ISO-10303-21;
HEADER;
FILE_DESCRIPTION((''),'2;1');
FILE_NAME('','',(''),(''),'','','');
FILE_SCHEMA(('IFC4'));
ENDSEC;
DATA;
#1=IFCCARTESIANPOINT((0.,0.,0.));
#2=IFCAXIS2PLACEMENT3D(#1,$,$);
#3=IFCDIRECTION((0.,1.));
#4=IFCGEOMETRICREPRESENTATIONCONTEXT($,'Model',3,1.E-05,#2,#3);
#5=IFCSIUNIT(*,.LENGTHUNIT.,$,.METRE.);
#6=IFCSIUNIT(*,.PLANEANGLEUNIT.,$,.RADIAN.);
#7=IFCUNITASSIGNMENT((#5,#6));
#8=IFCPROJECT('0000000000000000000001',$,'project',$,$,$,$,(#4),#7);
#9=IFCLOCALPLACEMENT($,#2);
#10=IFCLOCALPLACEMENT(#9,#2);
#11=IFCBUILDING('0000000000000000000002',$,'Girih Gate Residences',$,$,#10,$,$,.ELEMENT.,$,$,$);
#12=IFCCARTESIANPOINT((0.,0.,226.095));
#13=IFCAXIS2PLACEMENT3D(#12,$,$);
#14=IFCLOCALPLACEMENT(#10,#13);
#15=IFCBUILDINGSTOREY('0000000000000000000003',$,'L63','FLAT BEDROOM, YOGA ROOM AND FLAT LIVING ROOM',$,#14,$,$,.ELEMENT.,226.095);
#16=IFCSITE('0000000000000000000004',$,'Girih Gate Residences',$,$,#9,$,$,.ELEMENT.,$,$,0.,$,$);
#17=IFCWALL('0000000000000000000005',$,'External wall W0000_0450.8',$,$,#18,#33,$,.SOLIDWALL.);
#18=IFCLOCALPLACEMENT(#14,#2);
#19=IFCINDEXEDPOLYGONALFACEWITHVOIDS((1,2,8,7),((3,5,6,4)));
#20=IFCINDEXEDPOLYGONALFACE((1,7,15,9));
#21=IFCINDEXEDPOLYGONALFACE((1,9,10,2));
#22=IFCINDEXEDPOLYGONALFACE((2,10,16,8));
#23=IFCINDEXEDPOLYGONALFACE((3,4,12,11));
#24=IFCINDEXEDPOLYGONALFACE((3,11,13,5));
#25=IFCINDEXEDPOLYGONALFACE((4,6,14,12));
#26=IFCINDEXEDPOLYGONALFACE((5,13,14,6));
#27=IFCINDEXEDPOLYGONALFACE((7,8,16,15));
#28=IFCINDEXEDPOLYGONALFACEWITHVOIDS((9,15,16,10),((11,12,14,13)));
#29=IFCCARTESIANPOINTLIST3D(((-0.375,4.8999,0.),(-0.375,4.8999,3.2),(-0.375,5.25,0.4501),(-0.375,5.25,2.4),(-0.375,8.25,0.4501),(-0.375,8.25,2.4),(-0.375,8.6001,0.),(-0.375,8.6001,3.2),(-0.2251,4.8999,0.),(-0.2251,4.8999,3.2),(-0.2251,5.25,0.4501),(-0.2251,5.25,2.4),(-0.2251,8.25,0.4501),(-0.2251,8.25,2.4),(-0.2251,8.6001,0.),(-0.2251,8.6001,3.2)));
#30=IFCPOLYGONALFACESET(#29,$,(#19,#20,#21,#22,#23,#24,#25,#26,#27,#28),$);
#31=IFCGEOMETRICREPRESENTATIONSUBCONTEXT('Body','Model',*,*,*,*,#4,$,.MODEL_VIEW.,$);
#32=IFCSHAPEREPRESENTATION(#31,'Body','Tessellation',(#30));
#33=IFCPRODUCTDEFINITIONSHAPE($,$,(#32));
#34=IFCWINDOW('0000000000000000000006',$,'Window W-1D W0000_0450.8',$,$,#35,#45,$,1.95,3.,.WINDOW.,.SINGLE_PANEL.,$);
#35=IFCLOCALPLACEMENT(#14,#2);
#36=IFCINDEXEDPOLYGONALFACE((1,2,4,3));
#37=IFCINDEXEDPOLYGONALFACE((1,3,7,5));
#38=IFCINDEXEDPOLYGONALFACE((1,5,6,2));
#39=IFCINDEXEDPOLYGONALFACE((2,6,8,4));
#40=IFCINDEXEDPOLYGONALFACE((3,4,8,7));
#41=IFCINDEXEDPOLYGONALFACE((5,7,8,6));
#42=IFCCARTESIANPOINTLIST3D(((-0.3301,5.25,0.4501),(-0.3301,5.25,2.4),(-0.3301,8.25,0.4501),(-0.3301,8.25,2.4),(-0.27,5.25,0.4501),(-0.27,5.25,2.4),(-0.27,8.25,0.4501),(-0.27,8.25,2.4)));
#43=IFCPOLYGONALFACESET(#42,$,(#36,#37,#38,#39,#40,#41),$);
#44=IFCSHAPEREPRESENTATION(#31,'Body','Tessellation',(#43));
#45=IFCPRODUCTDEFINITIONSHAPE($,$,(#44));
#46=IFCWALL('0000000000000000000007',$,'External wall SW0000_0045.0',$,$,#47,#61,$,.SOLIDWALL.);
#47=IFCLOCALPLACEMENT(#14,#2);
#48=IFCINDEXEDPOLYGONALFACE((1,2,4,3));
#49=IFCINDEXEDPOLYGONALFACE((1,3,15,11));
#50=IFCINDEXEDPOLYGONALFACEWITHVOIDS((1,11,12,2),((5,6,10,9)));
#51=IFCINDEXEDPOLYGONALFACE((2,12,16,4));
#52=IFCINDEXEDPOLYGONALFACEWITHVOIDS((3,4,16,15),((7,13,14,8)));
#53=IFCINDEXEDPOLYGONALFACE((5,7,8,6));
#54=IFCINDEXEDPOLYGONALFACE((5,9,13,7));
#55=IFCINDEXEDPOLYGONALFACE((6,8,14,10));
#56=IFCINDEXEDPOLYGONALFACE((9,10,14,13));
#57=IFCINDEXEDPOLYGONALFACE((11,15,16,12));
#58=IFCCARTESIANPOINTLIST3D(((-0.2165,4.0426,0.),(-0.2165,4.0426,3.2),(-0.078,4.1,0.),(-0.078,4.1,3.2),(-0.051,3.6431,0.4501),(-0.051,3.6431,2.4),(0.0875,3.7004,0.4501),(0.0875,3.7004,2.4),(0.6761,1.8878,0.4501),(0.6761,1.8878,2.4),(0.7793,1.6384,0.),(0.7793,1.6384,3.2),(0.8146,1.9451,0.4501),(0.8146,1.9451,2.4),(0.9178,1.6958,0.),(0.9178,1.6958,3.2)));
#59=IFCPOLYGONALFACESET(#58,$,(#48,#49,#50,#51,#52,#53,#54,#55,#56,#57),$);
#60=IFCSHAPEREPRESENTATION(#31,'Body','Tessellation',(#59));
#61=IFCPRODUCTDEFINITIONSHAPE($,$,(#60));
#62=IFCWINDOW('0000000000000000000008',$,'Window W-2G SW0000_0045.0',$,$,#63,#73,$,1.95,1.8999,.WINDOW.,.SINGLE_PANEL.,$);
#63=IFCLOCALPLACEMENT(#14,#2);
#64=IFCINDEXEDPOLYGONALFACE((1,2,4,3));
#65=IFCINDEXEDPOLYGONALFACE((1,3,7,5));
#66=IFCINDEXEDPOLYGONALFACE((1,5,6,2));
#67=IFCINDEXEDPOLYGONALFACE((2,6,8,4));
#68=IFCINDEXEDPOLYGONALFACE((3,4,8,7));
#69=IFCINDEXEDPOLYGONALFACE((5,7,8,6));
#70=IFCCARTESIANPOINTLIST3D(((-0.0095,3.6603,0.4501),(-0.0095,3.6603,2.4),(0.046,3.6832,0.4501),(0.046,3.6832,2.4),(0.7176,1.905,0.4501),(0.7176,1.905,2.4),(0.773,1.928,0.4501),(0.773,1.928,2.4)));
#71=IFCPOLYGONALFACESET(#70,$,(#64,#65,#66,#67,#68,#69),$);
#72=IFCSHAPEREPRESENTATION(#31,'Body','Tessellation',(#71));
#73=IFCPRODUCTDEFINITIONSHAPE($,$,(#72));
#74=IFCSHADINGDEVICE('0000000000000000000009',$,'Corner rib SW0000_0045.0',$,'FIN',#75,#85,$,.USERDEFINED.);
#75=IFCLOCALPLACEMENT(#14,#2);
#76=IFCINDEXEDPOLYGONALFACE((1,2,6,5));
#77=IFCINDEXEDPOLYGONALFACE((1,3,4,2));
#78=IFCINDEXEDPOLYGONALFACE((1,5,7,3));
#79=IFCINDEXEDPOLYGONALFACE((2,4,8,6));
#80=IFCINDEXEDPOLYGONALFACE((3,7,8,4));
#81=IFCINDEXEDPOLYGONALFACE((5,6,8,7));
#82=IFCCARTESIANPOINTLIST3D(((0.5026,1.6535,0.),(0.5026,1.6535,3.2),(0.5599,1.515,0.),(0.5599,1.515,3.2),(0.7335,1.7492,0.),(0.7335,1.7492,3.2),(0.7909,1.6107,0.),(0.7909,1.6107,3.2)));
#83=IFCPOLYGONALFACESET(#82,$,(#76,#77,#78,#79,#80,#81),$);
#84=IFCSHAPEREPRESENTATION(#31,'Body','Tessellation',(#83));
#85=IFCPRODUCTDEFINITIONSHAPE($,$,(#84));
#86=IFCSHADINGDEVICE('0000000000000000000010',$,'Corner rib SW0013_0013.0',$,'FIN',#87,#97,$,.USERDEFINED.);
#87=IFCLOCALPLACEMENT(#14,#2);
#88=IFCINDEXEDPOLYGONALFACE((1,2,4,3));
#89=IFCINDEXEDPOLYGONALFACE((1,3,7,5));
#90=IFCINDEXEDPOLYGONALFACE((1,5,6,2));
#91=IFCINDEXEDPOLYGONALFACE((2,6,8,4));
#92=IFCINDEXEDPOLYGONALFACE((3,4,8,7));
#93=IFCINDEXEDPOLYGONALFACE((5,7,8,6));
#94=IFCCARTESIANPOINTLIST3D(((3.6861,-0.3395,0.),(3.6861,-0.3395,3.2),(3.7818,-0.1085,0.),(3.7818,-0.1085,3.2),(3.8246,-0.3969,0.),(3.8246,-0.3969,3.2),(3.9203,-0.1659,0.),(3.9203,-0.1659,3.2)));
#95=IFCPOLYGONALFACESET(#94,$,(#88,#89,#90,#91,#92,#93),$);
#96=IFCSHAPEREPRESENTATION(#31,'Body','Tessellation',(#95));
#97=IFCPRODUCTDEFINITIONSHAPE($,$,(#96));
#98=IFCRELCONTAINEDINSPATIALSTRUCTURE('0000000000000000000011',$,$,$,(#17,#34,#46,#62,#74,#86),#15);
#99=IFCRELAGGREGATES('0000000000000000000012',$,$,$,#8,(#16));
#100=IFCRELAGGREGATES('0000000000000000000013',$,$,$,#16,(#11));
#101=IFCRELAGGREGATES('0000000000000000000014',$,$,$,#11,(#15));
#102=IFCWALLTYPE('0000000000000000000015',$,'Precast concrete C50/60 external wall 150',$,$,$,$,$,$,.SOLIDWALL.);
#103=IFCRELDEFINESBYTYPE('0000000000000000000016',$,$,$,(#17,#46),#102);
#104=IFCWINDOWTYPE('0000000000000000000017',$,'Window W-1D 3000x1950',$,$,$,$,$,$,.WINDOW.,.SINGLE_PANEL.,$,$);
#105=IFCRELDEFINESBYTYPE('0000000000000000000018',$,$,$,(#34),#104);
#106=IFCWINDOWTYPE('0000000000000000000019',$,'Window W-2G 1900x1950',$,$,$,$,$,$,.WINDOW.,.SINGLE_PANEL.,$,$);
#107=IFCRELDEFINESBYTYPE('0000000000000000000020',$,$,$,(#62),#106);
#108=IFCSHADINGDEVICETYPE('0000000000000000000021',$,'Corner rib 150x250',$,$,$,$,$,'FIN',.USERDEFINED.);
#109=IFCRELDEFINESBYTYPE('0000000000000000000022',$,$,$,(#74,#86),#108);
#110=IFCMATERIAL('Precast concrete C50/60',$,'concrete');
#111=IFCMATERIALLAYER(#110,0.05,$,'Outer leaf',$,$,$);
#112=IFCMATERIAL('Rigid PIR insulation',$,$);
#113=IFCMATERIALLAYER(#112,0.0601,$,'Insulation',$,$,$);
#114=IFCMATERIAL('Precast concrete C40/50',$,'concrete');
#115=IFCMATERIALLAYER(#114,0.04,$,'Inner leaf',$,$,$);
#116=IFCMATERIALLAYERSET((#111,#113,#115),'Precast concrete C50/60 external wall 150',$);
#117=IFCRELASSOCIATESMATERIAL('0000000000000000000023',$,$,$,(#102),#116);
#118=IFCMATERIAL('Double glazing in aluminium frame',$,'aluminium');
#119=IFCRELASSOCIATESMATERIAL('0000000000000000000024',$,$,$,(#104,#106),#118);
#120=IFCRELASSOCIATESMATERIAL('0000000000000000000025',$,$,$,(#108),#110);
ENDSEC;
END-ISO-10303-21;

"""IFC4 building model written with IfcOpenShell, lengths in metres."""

from ifc_helpers import new_model, si_unit, direction, frame, frame_2d, origin, origin_2d, place, context, subcontext, project, spatial, rectangle, extrude, material, layer, layer_set, type_object, element, fill, save


model = new_model("IFC4")

# Units and contexts
model_context = context("Model", 3, precision=1e-05, world=origin(), true_north=direction((0.0, 1.0)))
body_context = subcontext(model_context, "Body", "Model", "MODEL_VIEW")
ifc_project = project(units=[si_unit("LENGTHUNIT", "METRE"), si_unit("PLANEANGLEUNIT", "RADIAN")], contexts=[model_context])

# Site, building, storey
site_placement = place(None, origin())
site = spatial("IfcSite", under=ifc_project, at=site_placement, Name="Girih Gate Residences", CompositionType="ELEMENT", RefElevation=0.0)
building_placement = place(site_placement, origin())
building = spatial("IfcBuilding", under=site, at=building_placement, Name="Girih Gate Residences", CompositionType="ELEMENT")
storey_placement = place(building_placement, frame((0.0, 0.0, 226.095)))
storey = spatial("IfcBuildingStorey", under=building, at=storey_placement, Name="L63", Description="FLAT BEDROOM, YOGA ROOM AND FLAT LIVING ROOM", CompositionType="ELEMENT", Elevation=226.095)

# Walls, openings, windows
ifc_material_1 = material(Name="Precast concrete C50/60", Category="concrete")
ifc_layer_1 = layer(ifc_material_1, 0.05, Name="Outer leaf")
ifc_material_2 = material(Name="Rigid PIR insulation")
ifc_layer_2 = layer(ifc_material_2, 0.0601, Name="Insulation")
ifc_material_3 = material(Name="Precast concrete C40/50", Category="concrete")
ifc_layer_3 = layer(ifc_material_3, 0.04, Name="Inner leaf")
ifc_layer_set_1 = layer_set([ifc_layer_1, ifc_layer_2, ifc_layer_3], Name="Precast concrete C50/60 external wall 150")
wall_type = type_object("IfcWallType", Name="Precast concrete C50/60 external wall 150", PredefinedType="SOLIDWALL", material=ifc_layer_set_1)
wall_1_placement = place(storey_placement, frame((-0.3, 4.8999, 0.0), z_axis=(0.0, 0.0, 1.0), x_axis=(0.0, 1.0, 0.0)))
wall_1 = element("IfcWall", 1, at=wall_1_placement, inside=storey, type_object=wall_type, Name="External wall W0000_0450.8", PredefinedType="SOLIDWALL", context=body_context, shape_type="SweptSolid", body=[
    extrude(rectangle(XDim=3.7002, YDim=0.1499, at=frame_2d((1.8501, 0.0))), origin(), (0.0, 0.0, 1.0), 3.2),
])
opening_1_placement = place(wall_1_placement, frame((0.3501, 0.0, 0.45)))
opening_1 = element("IfcOpeningElement", 2, at=opening_1_placement, cuts=wall_1, PredefinedType="OPENING", context=body_context, shape_type="SweptSolid", body=[
    extrude(rectangle(XDim=3.0, YDim=1.95, at=frame_2d((1.5, 0.9751))), frame((0.0, 0.085, 0.0), z_axis=(0.0, -1.0, 0.0), x_axis=(1.0, 0.0, 0.0)), (0.0, 0.0, 1.0), 0.1699),
])
ifc_material_4 = material(Name="Double glazing in aluminium frame", Category="aluminium")
window_type_1 = type_object("IfcWindowType", Name="Window W-1D 3000x1950", PartitioningType="SINGLE_PANEL", PredefinedType="WINDOW", material=ifc_material_4)
window_1_placement = place(opening_1_placement, origin())
window_1 = element("IfcWindow", 3, at=window_1_placement, inside=storey, type_object=window_type_1, Name="Window W-1D W0000_0450.8", OverallHeight=1.95, OverallWidth=3.0, PartitioningType="SINGLE_PANEL", PredefinedType="WINDOW", context=body_context, shape_type="SweptSolid", body=[
    extrude(rectangle(XDim=3.0, YDim=1.95, at=frame_2d((1.5, 0.9751))), frame((0.0, 0.03, 0.0), z_axis=(0.0, -1.0, 0.0), x_axis=(1.0, 0.0, 0.0)), (0.0, 0.0, 1.0), 0.0601),
])
fill(opening_1, window_1)
wall_2_placement = place(storey_placement, frame((0.8486, 1.667, 0.0), z_axis=(0.0, 0.0, 1.0), x_axis=(-0.382669, 0.923885, 0.0)))
wall_2 = element("IfcWall", 4, at=wall_2_placement, inside=storey, type_object=wall_type, Name="External wall SW0000_0045.0", PredefinedType="SOLIDWALL", context=body_context, shape_type="SweptSolid", body=[
    extrude(rectangle(XDim=2.6023, YDim=0.1499, at=frame_2d((1.3013, 0.0))), origin(), (0.0, 0.0, 1.0), 3.2),
])
opening_2_placement = place(wall_2_placement, frame((0.27, 0.0, 0.45)))
opening_2 = element("IfcOpeningElement", 5, at=opening_2_placement, cuts=wall_2, PredefinedType="OPENING", context=body_context, shape_type="SweptSolid", body=[
    extrude(rectangle(XDim=1.8999, YDim=1.95, at=frame_2d((0.95, 0.9751))), frame((0.0, 0.085, 0.0), z_axis=(0.0, -1.0, 0.0), x_axis=(1.0, 0.0, 0.0)), (0.0, 0.0, 1.0), 0.1699),
])
window_type_2 = type_object("IfcWindowType", Name="Window W-2G 1900x1950", PartitioningType="SINGLE_PANEL", PredefinedType="WINDOW", material=ifc_material_4)
window_2_placement = place(opening_2_placement, origin())
window_2 = element("IfcWindow", 6, at=window_2_placement, inside=storey, type_object=window_type_2, Name="Window W-2G SW0000_0045.0", OverallHeight=1.95, OverallWidth=1.8999, PartitioningType="SINGLE_PANEL", PredefinedType="WINDOW", context=body_context, shape_type="SweptSolid", body=[
    extrude(rectangle(XDim=1.8999, YDim=1.95, at=frame_2d((0.95, 0.9751))), frame((0.0, 0.03, 0.0), z_axis=(0.0, -1.0, 0.0), x_axis=(1.0, 0.0, 0.0)), (0.0, 0.0, 1.0), 0.0601),
])
fill(opening_2, window_2)

# Shading devices
shading_device_type = type_object("IfcShadingDeviceType", Name="Corner rib 150x250", ElementType="FIN", PredefinedType="USERDEFINED", material=ifc_material_1)
for number, where, z_axis, x_axis, name in (
    (7, (0.6467, 1.6321, 0.0), (0.0, 0.0, 1.0), (0.382683, -0.92388, 0.0), "Corner rib SW0000_0045.0"),
    (8, (3.8032, -0.2527, 0.0), (0.0, 0.0, 1.0), (0.92388, -0.382683, 0.0), "Corner rib SW0013_0013.0"),
):
    element("IfcShadingDevice", number, at=place(storey_placement, frame(where, z_axis=z_axis, x_axis=x_axis)), inside=storey, type_object=shading_device_type, Name=name, ObjectType="FIN", PredefinedType="USERDEFINED", context=body_context, shape_type="SweptSolid", body=[
        extrude(rectangle(XDim=0.1499, YDim=0.25, at=origin_2d()), origin(), (0.0, 0.0, 1.0), 3.2),
    ])

save(model, "model.ifc")
